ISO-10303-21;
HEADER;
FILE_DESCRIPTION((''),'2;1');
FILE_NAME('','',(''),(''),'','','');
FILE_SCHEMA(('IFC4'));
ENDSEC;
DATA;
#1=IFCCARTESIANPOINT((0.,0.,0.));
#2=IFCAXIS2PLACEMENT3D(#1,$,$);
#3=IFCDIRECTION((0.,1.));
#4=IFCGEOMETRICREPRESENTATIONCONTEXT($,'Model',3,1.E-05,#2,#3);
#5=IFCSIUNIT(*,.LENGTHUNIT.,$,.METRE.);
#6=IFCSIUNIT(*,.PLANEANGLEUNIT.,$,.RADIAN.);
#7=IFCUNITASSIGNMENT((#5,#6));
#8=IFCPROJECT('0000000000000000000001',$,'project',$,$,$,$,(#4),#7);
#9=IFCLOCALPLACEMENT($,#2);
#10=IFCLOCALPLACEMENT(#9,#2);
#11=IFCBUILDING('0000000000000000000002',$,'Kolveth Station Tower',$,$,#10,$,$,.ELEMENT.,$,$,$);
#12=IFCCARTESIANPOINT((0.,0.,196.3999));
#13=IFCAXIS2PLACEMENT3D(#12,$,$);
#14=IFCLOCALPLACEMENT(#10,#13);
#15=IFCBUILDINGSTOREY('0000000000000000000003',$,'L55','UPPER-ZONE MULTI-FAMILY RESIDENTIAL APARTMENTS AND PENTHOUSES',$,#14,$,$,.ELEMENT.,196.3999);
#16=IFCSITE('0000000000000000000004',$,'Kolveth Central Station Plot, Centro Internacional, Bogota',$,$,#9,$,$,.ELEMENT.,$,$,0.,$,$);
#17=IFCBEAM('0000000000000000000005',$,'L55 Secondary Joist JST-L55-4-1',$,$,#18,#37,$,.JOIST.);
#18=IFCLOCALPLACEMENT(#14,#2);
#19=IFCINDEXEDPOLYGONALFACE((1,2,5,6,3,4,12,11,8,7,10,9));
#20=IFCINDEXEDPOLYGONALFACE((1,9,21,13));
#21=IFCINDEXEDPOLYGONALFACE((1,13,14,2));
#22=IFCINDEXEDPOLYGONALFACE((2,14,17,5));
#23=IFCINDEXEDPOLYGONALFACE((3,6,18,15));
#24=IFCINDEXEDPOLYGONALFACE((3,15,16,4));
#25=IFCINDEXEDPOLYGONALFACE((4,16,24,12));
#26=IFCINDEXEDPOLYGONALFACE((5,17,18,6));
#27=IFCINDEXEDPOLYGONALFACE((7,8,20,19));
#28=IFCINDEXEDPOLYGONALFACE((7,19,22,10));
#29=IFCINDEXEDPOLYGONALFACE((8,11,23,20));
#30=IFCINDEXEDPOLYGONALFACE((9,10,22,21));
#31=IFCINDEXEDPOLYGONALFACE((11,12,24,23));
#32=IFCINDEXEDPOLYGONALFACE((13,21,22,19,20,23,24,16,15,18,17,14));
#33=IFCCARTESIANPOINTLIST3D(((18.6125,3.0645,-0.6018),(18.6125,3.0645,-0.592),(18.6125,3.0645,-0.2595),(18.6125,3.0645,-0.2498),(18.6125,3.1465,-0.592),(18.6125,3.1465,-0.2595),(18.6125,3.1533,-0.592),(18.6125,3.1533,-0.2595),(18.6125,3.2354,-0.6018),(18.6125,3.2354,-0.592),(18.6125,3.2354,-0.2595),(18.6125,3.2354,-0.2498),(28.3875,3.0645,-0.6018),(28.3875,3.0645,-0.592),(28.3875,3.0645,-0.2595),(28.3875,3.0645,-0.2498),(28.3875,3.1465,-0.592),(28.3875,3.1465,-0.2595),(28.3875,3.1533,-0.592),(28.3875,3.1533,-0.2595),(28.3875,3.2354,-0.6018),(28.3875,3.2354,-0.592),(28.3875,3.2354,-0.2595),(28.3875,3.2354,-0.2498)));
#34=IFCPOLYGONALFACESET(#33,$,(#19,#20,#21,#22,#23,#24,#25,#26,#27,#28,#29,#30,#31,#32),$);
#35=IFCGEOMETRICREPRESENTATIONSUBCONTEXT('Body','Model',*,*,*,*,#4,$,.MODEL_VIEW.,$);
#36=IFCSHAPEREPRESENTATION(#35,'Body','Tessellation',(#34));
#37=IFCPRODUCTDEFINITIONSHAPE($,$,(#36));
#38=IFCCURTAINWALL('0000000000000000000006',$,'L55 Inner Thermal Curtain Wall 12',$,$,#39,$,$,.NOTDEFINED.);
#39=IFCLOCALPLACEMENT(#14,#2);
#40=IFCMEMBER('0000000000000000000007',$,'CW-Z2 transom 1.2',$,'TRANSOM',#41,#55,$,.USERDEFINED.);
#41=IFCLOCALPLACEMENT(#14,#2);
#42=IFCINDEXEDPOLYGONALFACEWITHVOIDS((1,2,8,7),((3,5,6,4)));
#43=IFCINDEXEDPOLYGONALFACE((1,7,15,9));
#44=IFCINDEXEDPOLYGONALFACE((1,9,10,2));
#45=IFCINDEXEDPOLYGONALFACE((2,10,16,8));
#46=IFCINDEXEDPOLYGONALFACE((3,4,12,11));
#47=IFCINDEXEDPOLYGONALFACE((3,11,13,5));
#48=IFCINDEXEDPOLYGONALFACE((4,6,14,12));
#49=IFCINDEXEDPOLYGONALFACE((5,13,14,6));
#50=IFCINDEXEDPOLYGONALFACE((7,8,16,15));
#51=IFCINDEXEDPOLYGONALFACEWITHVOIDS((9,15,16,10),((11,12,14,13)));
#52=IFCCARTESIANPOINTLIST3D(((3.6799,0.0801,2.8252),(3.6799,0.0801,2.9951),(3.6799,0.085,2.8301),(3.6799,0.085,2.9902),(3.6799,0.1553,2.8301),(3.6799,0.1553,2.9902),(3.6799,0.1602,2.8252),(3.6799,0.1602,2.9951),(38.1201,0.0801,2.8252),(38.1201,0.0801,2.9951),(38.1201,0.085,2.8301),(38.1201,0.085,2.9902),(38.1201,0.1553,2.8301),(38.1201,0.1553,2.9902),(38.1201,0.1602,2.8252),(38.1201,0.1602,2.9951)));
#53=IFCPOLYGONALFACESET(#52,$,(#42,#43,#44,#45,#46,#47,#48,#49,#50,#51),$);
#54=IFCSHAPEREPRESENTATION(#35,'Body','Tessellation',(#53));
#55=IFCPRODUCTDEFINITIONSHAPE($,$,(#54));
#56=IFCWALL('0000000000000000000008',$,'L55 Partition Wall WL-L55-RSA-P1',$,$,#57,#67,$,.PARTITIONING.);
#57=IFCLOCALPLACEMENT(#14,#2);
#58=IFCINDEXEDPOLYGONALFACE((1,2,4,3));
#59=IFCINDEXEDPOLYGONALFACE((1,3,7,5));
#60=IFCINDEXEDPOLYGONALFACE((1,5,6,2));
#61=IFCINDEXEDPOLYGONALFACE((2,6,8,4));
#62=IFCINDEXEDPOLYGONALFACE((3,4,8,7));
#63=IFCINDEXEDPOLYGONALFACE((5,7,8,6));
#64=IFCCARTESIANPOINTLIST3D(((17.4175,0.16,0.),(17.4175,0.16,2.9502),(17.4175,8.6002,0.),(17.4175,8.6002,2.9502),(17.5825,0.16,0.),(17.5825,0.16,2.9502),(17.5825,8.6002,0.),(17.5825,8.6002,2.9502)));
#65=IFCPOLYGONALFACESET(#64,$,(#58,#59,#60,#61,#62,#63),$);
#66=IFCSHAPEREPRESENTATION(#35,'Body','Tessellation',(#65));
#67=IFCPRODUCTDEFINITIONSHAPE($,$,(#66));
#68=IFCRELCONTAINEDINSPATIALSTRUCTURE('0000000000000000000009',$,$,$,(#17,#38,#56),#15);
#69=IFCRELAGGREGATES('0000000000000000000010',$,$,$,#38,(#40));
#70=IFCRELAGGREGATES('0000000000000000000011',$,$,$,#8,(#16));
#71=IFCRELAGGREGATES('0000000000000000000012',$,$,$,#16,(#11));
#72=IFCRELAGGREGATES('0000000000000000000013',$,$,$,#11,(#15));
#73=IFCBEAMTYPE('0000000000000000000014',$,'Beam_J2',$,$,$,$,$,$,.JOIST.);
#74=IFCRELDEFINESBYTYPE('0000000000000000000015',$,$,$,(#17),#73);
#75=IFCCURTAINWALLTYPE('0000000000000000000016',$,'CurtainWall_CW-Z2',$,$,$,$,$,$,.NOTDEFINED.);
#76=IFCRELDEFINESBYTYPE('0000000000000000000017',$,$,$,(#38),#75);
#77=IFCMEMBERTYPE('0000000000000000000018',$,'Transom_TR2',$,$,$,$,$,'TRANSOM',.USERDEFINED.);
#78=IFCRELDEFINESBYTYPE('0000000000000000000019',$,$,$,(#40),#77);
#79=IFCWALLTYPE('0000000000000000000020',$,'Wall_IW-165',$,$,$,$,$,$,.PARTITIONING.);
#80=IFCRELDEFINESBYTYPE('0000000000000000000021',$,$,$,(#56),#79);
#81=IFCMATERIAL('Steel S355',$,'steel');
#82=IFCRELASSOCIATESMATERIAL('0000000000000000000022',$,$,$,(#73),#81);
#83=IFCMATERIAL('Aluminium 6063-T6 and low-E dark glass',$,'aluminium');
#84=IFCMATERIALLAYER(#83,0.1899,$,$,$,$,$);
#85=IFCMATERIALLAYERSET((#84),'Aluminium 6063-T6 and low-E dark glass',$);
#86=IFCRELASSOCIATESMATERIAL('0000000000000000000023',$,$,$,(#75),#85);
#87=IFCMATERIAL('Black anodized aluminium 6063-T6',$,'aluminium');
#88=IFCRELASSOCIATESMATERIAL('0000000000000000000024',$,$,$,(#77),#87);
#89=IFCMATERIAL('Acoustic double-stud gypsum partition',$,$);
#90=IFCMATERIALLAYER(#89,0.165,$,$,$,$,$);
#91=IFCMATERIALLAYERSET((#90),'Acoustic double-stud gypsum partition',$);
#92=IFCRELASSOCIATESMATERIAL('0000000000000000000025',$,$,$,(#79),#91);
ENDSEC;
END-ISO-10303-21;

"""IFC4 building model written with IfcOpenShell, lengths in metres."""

from ifc_helpers import new_model, si_unit, direction, frame, frame_2d, origin, origin_2d, place, context, subcontext, project, spatial, rectangle, hollow_rectangle, i_section, extrude, source, transform, mapped, material, layer, layer_set, material_profile, profile_set, type_object, element, aggregate, save


model = new_model("IFC4")

# Units and contexts
model_context = context("Model", 3, precision=1e-05, world=origin(), true_north=direction((0.0, 1.0)))
body_context = subcontext(model_context, "Body", "Model", "MODEL_VIEW")
ifc_project = project(units=[si_unit("LENGTHUNIT", "METRE"), si_unit("PLANEANGLEUNIT", "RADIAN")], contexts=[model_context])

# Site, building, storey
site_placement = place(None, origin())
site = spatial("IfcSite", under=ifc_project, at=site_placement, Name="Kolveth Central Station Plot, Centro Internacional, Bogota", CompositionType="ELEMENT", RefElevation=0.0)
building_placement = place(site_placement, origin())
building = spatial("IfcBuilding", under=site, at=building_placement, Name="Kolveth Station Tower", CompositionType="ELEMENT")
storey_placement = place(building_placement, frame((0.0, 0.0, 196.3999)))
storey = spatial("IfcBuildingStorey", under=building, at=storey_placement, Name="L55", Description="UPPER-ZONE MULTI-FAMILY RESIDENTIAL APARTMENTS AND PENTHOUSES", CompositionType="ELEMENT", Elevation=196.3999)

# Shared definitions
ifc_material_1 = material(Name="Steel S355", Category="steel")

# Beam
ifc_material_profile_1 = material_profile(ifc_material_1, i_section(OverallWidth=0.1709, OverallDepth=0.3521, WebThickness=0.0068, FlangeThickness=0.0098, at=origin_2d()), Name="W360x44")
ifc_profile_set_1 = profile_set([ifc_material_profile_1], Name="Steel S355")
beam_type_1 = type_object("IfcBeamType", Name="Beam_J2", PredefinedType="JOIST", material=ifc_profile_set_1)
shared_shape_1 = source(origin(), body_context, "Body", "SweptSolid", [
    extrude(i_section(OverallWidth=0.1709, OverallDepth=0.3521, WebThickness=0.0068, FlangeThickness=0.0098, at=origin_2d()), origin(), (0.0, 0.0, 1.0), 9.7749),
])
beam_1_placement = place(storey_placement, frame((18.6125, 3.1499, -0.4258), z_axis=(1.0, 0.0, 0.0), x_axis=(0.0, 1.0, 0.0)))
element("IfcBeam", 1, at=beam_1_placement, inside=storey, type_object=beam_type_1, Name="L55 Secondary Joist JST-L55-4-1", PredefinedType="JOIST", context=body_context, shape_type="MappedRepresentation", body=[
    mapped(shared_shape_1, transform((0.0, 0.0, 0.0), x_axis=(1.0, 0.0, 0.0), y_axis=(0.0, 1.0, 0.0), z_axis=(0.0, 0.0, 1.0), scale=1.0)),
])

# Curtain wall, member
ifc_material_2 = material(Name="Aluminium 6063-T6 and low-E dark glass", Category="aluminium")
ifc_layer_1 = layer(ifc_material_2, 0.1899)
ifc_layer_set_1 = layer_set([ifc_layer_1], Name="Aluminium 6063-T6 and low-E dark glass")
curtain_wall_type = type_object("IfcCurtainWallType", Name="CurtainWall_CW-Z2", PredefinedType="NOTDEFINED", material=ifc_layer_set_1)
curtain_wall_placement = place(storey_placement, origin())
curtain_wall = element("IfcCurtainWall", 2, at=curtain_wall_placement, inside=storey, type_object=curtain_wall_type, Name="L55 Inner Thermal Curtain Wall 12", PredefinedType="NOTDEFINED")
ifc_material_3 = material(Name="Black anodized aluminium 6063-T6", Category="aluminium")
ifc_material_profile_2 = material_profile(ifc_material_3, hollow_rectangle(XDim=0.0801, YDim=0.1699, WallThickness=0.0049, at=origin_2d()), Name="ALU-80x170x5")
ifc_profile_set_2 = profile_set([ifc_material_profile_2], Name="Black anodized aluminium 6063-T6")
member_type = type_object("IfcMemberType", Name="Transom_TR2", ElementType="TRANSOM", PredefinedType="USERDEFINED", material=ifc_profile_set_2)
shared_shape_2 = source(origin(), body_context, "Body", "SweptSolid", [
    extrude(hollow_rectangle(XDim=0.0801, YDim=0.1699, WallThickness=0.0049, at=origin_2d()), origin(), (0.0, 0.0, 1.0), 34.4402),
])
member_placement = place(storey_placement, frame((3.6799, 0.1201, 2.9102), z_axis=(1.0, 0.0, 0.0), x_axis=(0.0, 1.0, 0.0)))
member = element("IfcMember", 3, at=member_placement, type_object=member_type, Name="CW-Z2 transom 1.2", ObjectType="TRANSOM", PredefinedType="USERDEFINED", context=body_context, shape_type="MappedRepresentation", body=[
    mapped(shared_shape_2, transform((0.0, 0.0, 0.0), x_axis=(1.0, 0.0, 0.0), y_axis=(0.0, 1.0, 0.0), z_axis=(0.0, 0.0, 1.0), scale=1.0)),
])
aggregate(curtain_wall, [member])

# Wall
ifc_material_4 = material(Name="Acoustic double-stud gypsum partition")
ifc_layer_2 = layer(ifc_material_4, 0.165)
ifc_layer_set_2 = layer_set([ifc_layer_2], Name="Acoustic double-stud gypsum partition")
wall_type = type_object("IfcWallType", Name="Wall_IW-165", PredefinedType="PARTITIONING", material=ifc_layer_set_2)
wall_placement = place(storey_placement, frame((17.5, 0.1599, 0.0), z_axis=(0.0, 0.0, 1.0), x_axis=(0.0, 1.0, 0.0)))
element("IfcWall", 4, at=wall_placement, inside=storey, type_object=wall_type, Name="L55 Partition Wall WL-L55-RSA-P1", PredefinedType="PARTITIONING", context=body_context, shape_type="SweptSolid", body=[
    extrude(rectangle(XDim=8.4402, YDim=0.165, at=frame_2d((4.2202, 0.0))), origin(), (0.0, 0.0, 1.0), 2.9502),
])

save(model, "model.ifc")
